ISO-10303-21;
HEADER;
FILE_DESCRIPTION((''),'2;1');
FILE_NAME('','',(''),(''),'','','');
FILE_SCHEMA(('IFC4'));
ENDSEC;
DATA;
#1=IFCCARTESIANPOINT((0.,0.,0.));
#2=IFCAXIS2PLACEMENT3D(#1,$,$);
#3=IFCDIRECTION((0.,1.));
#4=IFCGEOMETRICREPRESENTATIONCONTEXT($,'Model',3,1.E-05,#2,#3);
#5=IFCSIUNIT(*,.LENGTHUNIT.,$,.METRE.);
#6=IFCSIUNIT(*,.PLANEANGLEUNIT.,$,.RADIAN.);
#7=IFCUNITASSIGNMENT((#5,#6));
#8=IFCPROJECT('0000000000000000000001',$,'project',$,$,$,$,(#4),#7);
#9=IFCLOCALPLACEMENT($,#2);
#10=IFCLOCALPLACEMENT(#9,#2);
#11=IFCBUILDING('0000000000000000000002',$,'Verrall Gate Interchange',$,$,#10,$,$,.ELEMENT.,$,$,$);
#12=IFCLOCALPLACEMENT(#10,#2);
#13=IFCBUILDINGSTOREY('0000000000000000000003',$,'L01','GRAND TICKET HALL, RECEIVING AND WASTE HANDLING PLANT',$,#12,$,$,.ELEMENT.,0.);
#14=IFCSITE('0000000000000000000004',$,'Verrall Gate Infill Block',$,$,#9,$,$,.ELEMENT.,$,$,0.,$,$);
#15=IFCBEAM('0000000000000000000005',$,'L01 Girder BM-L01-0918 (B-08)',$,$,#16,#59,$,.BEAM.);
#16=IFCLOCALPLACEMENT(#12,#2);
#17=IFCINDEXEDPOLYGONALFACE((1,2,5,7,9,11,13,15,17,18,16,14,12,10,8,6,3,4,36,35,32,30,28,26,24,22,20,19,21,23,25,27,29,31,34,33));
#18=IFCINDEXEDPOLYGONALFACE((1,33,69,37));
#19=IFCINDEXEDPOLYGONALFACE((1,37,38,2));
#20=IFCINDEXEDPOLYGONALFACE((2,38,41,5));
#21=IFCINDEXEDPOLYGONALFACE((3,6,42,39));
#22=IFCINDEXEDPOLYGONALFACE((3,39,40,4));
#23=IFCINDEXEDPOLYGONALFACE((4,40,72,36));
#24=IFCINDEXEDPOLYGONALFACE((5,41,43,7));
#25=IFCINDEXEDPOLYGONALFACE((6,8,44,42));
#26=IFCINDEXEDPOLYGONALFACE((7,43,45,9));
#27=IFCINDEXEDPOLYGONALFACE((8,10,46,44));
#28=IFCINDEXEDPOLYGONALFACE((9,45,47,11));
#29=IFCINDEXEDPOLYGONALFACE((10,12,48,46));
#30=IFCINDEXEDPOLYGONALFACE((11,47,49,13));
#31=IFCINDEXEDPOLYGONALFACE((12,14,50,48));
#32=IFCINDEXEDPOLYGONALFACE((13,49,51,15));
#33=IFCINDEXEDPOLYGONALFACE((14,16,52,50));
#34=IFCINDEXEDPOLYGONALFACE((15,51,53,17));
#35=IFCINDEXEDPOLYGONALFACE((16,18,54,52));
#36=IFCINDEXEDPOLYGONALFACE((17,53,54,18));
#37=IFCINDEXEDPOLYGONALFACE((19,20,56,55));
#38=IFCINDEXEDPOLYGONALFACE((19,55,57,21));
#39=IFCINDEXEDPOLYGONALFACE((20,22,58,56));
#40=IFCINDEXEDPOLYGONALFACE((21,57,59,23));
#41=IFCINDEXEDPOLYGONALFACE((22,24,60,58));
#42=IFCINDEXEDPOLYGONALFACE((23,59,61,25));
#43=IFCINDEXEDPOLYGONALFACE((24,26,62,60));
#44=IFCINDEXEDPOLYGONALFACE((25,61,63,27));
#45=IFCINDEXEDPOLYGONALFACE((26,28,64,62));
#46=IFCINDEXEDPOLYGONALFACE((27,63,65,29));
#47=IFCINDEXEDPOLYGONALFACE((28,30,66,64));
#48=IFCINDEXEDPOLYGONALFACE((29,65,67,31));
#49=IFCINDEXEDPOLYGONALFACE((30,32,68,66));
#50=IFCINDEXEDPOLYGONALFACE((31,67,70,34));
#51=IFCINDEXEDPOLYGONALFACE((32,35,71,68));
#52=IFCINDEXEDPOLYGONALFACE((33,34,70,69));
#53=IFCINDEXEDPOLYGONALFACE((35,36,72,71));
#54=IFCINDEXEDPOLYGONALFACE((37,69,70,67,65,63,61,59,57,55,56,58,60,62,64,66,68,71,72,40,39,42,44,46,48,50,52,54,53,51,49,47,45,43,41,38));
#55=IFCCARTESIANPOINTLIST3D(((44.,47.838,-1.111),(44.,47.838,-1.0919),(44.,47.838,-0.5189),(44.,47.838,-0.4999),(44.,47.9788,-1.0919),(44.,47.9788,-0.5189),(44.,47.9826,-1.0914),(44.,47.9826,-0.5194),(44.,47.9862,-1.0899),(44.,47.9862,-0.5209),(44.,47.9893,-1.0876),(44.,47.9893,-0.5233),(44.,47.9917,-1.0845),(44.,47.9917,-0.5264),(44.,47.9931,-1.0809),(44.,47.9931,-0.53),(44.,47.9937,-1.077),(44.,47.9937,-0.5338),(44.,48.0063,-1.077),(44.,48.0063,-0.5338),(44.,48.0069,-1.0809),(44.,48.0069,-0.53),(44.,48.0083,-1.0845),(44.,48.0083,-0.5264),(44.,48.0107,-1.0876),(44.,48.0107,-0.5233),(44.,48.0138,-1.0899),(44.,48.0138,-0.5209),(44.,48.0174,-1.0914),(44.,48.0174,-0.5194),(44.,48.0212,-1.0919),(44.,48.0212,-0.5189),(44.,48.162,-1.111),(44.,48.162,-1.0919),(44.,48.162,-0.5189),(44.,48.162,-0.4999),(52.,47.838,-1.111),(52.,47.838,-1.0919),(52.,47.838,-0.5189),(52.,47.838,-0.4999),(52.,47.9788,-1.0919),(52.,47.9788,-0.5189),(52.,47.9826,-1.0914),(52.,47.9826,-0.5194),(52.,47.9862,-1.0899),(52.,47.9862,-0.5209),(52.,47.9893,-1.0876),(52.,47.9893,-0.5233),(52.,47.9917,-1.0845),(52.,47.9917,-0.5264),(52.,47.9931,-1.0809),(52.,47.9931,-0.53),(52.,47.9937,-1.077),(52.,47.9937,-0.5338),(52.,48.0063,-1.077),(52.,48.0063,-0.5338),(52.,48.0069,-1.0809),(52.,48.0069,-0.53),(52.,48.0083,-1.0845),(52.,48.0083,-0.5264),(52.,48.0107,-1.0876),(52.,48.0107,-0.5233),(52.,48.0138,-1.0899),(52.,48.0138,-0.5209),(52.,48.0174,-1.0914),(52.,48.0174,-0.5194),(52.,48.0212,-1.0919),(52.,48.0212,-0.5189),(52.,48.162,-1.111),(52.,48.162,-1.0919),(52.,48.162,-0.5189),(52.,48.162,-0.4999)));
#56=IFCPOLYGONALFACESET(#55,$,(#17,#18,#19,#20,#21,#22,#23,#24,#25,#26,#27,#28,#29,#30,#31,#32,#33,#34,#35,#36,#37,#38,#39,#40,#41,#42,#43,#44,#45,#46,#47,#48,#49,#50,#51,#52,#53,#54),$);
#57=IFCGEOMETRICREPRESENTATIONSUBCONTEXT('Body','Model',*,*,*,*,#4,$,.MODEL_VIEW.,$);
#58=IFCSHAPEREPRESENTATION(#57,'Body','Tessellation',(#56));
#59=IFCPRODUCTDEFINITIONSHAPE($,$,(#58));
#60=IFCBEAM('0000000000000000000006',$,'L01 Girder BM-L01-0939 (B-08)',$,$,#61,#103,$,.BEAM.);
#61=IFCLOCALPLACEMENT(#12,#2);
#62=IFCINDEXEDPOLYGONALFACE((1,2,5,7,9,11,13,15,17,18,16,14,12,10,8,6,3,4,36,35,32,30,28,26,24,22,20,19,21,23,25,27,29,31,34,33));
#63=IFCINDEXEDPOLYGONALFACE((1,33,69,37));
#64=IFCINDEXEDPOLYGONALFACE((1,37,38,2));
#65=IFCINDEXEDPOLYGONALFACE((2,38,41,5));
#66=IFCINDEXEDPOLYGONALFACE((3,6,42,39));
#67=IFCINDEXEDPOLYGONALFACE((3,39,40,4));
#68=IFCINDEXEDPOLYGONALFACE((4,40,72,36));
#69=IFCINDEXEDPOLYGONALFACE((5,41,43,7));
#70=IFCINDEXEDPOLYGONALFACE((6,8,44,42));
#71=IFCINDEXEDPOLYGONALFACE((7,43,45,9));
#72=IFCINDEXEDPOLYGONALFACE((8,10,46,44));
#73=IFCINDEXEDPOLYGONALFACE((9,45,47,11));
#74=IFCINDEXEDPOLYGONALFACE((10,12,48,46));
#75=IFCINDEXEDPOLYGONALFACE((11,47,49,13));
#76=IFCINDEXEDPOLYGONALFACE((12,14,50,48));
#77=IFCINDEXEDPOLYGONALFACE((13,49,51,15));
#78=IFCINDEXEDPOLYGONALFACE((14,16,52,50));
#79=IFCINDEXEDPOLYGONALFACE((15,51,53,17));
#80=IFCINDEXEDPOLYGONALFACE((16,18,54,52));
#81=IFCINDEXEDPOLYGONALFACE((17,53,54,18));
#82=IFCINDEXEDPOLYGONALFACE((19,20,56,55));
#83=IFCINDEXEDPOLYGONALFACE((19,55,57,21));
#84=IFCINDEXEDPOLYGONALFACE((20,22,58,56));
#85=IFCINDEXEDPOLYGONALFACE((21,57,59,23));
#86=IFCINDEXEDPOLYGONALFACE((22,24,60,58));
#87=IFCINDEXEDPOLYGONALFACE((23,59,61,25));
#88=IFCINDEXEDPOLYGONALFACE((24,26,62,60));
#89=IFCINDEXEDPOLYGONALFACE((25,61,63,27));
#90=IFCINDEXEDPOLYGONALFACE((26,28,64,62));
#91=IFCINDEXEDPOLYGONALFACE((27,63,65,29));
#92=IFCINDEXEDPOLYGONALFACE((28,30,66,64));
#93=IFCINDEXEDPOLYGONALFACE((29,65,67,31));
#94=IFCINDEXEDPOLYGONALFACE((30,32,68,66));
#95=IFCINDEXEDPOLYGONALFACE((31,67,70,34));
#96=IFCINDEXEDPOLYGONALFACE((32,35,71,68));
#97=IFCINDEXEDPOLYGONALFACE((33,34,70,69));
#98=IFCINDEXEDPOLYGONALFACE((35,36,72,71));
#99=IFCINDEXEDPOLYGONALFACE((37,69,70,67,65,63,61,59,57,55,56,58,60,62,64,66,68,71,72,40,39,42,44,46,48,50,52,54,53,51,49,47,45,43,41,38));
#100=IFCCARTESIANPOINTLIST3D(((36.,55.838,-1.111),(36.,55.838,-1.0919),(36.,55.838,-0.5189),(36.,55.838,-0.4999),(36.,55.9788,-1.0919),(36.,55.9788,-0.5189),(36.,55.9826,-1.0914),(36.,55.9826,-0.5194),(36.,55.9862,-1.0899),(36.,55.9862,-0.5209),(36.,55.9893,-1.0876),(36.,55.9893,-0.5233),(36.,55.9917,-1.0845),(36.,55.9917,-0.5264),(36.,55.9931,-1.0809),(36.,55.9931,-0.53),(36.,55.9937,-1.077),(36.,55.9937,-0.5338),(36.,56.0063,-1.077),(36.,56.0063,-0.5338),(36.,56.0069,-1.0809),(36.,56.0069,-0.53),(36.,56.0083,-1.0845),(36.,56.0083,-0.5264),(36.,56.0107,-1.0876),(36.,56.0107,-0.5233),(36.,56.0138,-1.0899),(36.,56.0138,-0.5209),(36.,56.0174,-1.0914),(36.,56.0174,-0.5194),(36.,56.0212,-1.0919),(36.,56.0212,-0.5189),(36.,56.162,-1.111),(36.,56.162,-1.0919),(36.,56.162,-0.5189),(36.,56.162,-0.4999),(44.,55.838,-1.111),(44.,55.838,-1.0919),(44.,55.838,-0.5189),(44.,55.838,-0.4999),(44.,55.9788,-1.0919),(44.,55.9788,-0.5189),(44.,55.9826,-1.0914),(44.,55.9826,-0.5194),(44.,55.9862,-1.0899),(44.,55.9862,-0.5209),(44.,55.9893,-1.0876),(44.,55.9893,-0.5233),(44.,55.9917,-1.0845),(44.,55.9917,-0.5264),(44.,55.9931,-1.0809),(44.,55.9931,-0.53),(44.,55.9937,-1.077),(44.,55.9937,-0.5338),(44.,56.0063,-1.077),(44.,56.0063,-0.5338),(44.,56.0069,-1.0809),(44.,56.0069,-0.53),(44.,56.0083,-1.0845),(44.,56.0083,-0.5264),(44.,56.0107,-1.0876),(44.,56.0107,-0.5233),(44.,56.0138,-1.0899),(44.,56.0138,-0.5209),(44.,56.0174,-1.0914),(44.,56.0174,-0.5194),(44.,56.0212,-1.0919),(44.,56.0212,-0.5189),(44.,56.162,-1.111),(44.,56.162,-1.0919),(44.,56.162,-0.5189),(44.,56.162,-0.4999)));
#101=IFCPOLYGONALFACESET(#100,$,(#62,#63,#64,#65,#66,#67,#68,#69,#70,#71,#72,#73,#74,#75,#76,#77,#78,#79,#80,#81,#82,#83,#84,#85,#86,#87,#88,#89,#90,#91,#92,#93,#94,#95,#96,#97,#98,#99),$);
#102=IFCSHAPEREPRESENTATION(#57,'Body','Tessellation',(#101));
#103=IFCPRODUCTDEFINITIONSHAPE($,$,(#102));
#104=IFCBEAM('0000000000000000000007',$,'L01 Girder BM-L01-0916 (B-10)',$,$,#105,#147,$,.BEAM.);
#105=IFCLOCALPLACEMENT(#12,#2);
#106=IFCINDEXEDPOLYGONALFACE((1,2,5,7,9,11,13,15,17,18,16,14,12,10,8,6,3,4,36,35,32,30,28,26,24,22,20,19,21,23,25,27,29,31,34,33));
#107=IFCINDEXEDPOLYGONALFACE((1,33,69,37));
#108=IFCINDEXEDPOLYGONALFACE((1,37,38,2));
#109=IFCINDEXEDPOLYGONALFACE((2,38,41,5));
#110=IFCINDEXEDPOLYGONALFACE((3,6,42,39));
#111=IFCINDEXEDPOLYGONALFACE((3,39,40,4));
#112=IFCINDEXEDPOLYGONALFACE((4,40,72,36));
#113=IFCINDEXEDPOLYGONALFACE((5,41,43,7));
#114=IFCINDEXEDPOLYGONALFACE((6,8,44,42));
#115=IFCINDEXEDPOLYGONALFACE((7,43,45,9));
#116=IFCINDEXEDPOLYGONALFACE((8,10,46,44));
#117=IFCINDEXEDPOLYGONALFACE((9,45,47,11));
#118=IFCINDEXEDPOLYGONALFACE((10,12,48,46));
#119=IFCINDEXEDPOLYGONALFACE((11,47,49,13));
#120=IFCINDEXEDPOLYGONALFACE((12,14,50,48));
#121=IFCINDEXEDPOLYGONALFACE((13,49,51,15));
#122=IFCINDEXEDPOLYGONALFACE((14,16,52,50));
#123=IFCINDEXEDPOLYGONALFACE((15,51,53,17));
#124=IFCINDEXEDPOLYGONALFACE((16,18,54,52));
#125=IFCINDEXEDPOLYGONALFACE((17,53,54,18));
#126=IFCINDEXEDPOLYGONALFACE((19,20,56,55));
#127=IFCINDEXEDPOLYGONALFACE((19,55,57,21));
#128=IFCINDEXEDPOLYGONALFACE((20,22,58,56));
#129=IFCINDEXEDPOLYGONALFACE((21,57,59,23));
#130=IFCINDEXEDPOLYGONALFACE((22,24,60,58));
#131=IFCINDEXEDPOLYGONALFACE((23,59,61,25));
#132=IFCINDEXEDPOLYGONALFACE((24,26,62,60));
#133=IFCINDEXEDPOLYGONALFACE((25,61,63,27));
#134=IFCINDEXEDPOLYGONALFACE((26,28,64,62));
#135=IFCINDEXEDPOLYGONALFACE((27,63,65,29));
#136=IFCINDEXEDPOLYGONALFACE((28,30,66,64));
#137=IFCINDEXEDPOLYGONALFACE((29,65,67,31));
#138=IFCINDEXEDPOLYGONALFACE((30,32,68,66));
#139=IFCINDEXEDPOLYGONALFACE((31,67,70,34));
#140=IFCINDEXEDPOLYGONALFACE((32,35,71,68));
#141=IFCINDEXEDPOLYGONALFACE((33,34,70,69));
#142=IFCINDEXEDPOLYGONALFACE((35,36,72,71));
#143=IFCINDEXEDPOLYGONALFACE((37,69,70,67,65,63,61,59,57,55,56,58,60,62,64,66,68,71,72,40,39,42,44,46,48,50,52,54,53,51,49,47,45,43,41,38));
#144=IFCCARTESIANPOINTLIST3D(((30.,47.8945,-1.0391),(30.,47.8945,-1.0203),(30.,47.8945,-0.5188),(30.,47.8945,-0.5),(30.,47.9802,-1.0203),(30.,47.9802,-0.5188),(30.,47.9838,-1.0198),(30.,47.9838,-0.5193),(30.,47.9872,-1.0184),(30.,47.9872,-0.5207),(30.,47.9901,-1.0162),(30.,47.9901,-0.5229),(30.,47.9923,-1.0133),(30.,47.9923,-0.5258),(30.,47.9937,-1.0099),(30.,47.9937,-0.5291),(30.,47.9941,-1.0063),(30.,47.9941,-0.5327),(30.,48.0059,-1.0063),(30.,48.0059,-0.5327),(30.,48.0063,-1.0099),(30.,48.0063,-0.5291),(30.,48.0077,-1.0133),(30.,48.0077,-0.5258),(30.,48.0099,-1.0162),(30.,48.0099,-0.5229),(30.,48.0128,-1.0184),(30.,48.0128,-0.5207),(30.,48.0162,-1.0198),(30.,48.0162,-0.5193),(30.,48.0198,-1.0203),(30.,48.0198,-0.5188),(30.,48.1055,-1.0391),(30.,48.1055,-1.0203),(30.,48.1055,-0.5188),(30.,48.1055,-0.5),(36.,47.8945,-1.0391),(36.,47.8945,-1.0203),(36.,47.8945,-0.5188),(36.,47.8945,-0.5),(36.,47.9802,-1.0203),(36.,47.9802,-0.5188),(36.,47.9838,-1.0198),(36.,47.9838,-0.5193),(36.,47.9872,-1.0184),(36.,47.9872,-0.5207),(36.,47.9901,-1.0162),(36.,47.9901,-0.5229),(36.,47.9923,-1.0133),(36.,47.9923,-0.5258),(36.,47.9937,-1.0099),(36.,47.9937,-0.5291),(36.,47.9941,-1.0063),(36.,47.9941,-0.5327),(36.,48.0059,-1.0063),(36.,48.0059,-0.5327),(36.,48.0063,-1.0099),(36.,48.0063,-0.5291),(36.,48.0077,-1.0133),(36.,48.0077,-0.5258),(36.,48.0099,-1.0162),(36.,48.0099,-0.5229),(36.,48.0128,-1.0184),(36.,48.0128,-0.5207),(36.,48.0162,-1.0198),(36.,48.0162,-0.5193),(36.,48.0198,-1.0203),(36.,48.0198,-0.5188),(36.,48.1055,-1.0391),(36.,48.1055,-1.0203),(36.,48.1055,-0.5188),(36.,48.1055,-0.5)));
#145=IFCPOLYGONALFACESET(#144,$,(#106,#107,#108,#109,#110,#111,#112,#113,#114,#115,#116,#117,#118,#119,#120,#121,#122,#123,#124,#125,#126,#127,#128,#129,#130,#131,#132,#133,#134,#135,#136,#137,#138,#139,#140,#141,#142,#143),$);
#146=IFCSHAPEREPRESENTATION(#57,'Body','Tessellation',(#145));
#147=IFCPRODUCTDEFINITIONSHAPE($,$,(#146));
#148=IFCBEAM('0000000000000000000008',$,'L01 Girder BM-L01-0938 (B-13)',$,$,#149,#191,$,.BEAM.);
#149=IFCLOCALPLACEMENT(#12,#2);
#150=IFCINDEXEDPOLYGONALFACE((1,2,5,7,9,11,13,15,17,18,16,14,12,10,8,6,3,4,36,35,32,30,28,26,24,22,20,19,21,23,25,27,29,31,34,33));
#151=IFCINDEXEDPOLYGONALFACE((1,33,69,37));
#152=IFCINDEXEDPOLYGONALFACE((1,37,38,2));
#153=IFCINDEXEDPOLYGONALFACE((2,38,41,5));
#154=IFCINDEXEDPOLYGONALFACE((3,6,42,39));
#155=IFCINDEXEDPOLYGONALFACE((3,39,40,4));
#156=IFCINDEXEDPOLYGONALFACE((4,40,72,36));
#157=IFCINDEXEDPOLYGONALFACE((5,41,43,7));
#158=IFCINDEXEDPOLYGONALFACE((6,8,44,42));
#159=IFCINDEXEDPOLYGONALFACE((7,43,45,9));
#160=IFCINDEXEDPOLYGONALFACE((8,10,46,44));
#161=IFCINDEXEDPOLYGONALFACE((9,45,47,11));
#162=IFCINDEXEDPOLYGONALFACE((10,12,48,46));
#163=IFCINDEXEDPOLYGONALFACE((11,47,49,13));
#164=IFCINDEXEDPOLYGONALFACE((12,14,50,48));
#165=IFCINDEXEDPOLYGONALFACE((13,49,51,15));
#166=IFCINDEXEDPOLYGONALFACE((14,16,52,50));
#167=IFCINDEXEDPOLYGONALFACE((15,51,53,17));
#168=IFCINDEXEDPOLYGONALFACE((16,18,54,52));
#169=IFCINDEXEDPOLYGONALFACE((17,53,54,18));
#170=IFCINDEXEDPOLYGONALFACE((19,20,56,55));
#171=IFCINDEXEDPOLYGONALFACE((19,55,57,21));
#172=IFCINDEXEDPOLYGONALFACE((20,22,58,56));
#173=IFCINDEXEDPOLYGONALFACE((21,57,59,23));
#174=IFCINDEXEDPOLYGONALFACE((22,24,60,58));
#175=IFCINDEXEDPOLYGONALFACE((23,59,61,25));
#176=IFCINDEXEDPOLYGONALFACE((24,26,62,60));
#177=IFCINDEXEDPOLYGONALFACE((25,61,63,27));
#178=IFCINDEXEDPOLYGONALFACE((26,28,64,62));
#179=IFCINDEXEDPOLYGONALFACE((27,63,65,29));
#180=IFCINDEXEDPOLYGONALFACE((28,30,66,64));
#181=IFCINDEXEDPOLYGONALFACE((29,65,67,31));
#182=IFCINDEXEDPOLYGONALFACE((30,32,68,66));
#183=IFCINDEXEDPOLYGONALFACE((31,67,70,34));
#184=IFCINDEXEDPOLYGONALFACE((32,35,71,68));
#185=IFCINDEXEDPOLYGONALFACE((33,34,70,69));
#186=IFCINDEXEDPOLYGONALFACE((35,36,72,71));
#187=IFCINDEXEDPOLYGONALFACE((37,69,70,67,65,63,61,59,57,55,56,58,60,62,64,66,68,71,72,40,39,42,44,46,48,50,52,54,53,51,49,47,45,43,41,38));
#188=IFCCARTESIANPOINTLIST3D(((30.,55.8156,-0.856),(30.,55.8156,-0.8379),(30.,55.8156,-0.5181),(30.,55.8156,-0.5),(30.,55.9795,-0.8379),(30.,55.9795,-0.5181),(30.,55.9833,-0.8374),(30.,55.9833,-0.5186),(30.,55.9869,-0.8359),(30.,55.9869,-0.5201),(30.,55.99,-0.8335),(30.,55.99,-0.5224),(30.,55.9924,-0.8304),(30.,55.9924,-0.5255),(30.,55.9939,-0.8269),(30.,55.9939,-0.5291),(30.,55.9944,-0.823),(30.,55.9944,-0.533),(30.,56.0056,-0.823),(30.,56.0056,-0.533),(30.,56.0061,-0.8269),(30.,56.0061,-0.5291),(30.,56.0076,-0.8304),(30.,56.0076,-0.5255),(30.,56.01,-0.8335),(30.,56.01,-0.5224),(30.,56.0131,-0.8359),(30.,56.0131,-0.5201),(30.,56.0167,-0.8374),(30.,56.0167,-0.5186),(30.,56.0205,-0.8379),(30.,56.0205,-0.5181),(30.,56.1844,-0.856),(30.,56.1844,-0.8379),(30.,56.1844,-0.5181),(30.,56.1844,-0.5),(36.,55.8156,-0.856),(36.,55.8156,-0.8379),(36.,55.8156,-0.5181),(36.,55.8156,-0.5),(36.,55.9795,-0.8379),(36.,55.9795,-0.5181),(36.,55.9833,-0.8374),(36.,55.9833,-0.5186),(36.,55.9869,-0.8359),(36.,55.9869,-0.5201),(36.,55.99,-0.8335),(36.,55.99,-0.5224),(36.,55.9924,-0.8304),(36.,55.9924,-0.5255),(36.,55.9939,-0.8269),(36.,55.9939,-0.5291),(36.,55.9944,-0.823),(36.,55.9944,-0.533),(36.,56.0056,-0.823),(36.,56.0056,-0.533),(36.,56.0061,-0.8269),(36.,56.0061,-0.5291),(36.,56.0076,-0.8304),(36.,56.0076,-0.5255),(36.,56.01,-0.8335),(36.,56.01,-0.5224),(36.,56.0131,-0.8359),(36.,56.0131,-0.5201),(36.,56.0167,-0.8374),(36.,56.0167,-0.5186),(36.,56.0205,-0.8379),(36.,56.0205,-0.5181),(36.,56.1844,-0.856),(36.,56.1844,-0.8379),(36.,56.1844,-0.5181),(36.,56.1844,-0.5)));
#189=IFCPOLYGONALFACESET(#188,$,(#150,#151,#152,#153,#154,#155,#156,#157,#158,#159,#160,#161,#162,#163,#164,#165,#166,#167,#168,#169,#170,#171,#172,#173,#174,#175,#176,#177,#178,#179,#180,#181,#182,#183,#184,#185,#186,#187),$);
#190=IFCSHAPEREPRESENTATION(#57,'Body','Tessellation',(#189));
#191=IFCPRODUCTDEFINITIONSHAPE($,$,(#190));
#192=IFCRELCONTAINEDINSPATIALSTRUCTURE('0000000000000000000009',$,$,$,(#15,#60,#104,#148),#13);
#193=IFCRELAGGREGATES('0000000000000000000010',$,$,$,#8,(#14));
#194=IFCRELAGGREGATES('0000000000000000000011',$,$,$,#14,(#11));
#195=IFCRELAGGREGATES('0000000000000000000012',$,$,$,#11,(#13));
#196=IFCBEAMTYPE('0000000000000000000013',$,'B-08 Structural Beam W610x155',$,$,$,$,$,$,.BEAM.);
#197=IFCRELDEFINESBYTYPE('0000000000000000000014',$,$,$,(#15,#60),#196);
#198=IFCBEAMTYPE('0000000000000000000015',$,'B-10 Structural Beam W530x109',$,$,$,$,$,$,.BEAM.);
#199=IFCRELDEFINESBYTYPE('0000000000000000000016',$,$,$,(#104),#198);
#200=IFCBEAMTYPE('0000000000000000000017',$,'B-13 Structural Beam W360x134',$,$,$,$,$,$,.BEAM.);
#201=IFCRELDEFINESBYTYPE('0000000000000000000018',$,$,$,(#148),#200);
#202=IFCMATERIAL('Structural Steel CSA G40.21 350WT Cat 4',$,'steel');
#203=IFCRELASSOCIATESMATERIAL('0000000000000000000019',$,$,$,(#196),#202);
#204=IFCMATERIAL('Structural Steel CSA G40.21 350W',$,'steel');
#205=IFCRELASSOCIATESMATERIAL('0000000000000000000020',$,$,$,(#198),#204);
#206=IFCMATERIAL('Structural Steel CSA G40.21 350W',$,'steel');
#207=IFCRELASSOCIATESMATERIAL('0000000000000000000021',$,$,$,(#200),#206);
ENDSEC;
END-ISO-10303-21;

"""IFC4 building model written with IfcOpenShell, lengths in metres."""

from ifc_helpers import new_model, si_unit, direction, frame, origin, origin_2d, place, context, subcontext, project, spatial, i_section, extrude, material, material_profile, profile_set, type_object, element, save


model = new_model("IFC4")

# Units and contexts
model_context = context("Model", 3, precision=1e-05, world=origin(), true_north=direction((0.0, 1.0)))
body_context = subcontext(model_context, "Body", "Model", "MODEL_VIEW")
ifc_project = project(units=[si_unit("LENGTHUNIT", "METRE"), si_unit("PLANEANGLEUNIT", "RADIAN")], contexts=[model_context])

# Site, building, storey
site_placement = place(None, origin())
site = spatial("IfcSite", under=ifc_project, at=site_placement, Name="Verrall Gate Infill Block", CompositionType="ELEMENT", RefElevation=0.0)
building_placement = place(site_placement, origin())
building = spatial("IfcBuilding", under=site, at=building_placement, Name="Verrall Gate Interchange", CompositionType="ELEMENT")
storey_placement = place(building_placement, origin())
storey = spatial("IfcBuildingStorey", under=building, at=storey_placement, Name="L01", Description="GRAND TICKET HALL, RECEIVING AND WASTE HANDLING PLANT", CompositionType="ELEMENT", Elevation=0.0)

# Beams
ifc_material_1 = material(Name="Structural Steel CSA G40.21 350WT Cat 4", Category="steel")
ifc_material_profile_1 = material_profile(ifc_material_1, i_section(OverallWidth=0.324, OverallDepth=0.6111, WebThickness=0.0127, FlangeThickness=0.019, FilletRadius=0.0149, at=origin_2d()), Name="W610x155")
ifc_profile_set_1 = profile_set([ifc_material_profile_1], Name="Structural Steel CSA G40.21 350WT Cat 4")
beam_type_1 = type_object("IfcBeamType", Name="B-08 Structural Beam W610x155", PredefinedType="BEAM", material=ifc_profile_set_1)
for number, where, z_axis, x_axis, name in (
    (1, (44.0, 48.0, -0.8054), (1.0, 0.0, 0.0), (0.0, 1.0, 0.0), "L01 Girder BM-L01-0918 (B-08)"),
    (2, (36.0, 56.0, -0.8054), (1.0, 0.0, 0.0), (0.0, 1.0, 0.0), "L01 Girder BM-L01-0939 (B-08)"),
):
    element("IfcBeam", number, at=place(storey_placement, frame(where, z_axis=z_axis, x_axis=x_axis)), inside=storey, type_object=beam_type_1, Name=name, PredefinedType="BEAM", context=body_context, shape_type="SweptSolid", body=[
        extrude(i_section(OverallWidth=0.324, OverallDepth=0.6111, WebThickness=0.0127, FlangeThickness=0.019, FilletRadius=0.0149, at=origin_2d()), origin(), (0.0, 0.0, 1.0), 8.0),
    ])
ifc_material_2 = material(Name="Structural Steel CSA G40.21 350W", Category="steel")
ifc_material_profile_2 = material_profile(ifc_material_2, i_section(OverallWidth=0.2109, OverallDepth=0.5391, WebThickness=0.0117, FlangeThickness=0.0188, FilletRadius=0.0139, at=origin_2d()), Name="W530x109")
ifc_profile_set_2 = profile_set([ifc_material_profile_2], Name="Structural Steel CSA G40.21 350W")
beam_type_2 = type_object("IfcBeamType", Name="B-10 Structural Beam W530x109", PredefinedType="BEAM", material=ifc_profile_set_2)
beam_1_placement = place(storey_placement, frame((30.0, 48.0, -0.7695), z_axis=(1.0, 0.0, 0.0), x_axis=(0.0, 1.0, 0.0)))
element("IfcBeam", 3, at=beam_1_placement, inside=storey, type_object=beam_type_2, Name="L01 Girder BM-L01-0916 (B-10)", PredefinedType="BEAM", context=body_context, shape_type="SweptSolid", body=[
    extrude(i_section(OverallWidth=0.2109, OverallDepth=0.5391, WebThickness=0.0117, FlangeThickness=0.0188, FilletRadius=0.0139, at=origin_2d()), origin(), (0.0, 0.0, 1.0), 6.0),
])
ifc_material_3 = material(Name="Structural Steel CSA G40.21 350W", Category="steel")
ifc_material_profile_3 = material_profile(ifc_material_3, i_section(OverallWidth=0.3689, OverallDepth=0.356, WebThickness=0.0112, FlangeThickness=0.0181, FilletRadius=0.0149, at=origin_2d()), Name="W360x134")
ifc_profile_set_3 = profile_set([ifc_material_profile_3], Name="Structural Steel CSA G40.21 350W")
beam_type_3 = type_object("IfcBeamType", Name="B-13 Structural Beam W360x134", PredefinedType="BEAM", material=ifc_profile_set_3)
beam_2_placement = place(storey_placement, frame((30.0, 56.0, -0.678), z_axis=(1.0, 0.0, 0.0), x_axis=(0.0, 1.0, 0.0)))
element("IfcBeam", 4, at=beam_2_placement, inside=storey, type_object=beam_type_3, Name="L01 Girder BM-L01-0938 (B-13)", PredefinedType="BEAM", context=body_context, shape_type="SweptSolid", body=[
    extrude(i_section(OverallWidth=0.3689, OverallDepth=0.356, WebThickness=0.0112, FlangeThickness=0.0181, FilletRadius=0.0149, at=origin_2d()), origin(), (0.0, 0.0, 1.0), 6.0),
])

save(model, "model.ifc")
